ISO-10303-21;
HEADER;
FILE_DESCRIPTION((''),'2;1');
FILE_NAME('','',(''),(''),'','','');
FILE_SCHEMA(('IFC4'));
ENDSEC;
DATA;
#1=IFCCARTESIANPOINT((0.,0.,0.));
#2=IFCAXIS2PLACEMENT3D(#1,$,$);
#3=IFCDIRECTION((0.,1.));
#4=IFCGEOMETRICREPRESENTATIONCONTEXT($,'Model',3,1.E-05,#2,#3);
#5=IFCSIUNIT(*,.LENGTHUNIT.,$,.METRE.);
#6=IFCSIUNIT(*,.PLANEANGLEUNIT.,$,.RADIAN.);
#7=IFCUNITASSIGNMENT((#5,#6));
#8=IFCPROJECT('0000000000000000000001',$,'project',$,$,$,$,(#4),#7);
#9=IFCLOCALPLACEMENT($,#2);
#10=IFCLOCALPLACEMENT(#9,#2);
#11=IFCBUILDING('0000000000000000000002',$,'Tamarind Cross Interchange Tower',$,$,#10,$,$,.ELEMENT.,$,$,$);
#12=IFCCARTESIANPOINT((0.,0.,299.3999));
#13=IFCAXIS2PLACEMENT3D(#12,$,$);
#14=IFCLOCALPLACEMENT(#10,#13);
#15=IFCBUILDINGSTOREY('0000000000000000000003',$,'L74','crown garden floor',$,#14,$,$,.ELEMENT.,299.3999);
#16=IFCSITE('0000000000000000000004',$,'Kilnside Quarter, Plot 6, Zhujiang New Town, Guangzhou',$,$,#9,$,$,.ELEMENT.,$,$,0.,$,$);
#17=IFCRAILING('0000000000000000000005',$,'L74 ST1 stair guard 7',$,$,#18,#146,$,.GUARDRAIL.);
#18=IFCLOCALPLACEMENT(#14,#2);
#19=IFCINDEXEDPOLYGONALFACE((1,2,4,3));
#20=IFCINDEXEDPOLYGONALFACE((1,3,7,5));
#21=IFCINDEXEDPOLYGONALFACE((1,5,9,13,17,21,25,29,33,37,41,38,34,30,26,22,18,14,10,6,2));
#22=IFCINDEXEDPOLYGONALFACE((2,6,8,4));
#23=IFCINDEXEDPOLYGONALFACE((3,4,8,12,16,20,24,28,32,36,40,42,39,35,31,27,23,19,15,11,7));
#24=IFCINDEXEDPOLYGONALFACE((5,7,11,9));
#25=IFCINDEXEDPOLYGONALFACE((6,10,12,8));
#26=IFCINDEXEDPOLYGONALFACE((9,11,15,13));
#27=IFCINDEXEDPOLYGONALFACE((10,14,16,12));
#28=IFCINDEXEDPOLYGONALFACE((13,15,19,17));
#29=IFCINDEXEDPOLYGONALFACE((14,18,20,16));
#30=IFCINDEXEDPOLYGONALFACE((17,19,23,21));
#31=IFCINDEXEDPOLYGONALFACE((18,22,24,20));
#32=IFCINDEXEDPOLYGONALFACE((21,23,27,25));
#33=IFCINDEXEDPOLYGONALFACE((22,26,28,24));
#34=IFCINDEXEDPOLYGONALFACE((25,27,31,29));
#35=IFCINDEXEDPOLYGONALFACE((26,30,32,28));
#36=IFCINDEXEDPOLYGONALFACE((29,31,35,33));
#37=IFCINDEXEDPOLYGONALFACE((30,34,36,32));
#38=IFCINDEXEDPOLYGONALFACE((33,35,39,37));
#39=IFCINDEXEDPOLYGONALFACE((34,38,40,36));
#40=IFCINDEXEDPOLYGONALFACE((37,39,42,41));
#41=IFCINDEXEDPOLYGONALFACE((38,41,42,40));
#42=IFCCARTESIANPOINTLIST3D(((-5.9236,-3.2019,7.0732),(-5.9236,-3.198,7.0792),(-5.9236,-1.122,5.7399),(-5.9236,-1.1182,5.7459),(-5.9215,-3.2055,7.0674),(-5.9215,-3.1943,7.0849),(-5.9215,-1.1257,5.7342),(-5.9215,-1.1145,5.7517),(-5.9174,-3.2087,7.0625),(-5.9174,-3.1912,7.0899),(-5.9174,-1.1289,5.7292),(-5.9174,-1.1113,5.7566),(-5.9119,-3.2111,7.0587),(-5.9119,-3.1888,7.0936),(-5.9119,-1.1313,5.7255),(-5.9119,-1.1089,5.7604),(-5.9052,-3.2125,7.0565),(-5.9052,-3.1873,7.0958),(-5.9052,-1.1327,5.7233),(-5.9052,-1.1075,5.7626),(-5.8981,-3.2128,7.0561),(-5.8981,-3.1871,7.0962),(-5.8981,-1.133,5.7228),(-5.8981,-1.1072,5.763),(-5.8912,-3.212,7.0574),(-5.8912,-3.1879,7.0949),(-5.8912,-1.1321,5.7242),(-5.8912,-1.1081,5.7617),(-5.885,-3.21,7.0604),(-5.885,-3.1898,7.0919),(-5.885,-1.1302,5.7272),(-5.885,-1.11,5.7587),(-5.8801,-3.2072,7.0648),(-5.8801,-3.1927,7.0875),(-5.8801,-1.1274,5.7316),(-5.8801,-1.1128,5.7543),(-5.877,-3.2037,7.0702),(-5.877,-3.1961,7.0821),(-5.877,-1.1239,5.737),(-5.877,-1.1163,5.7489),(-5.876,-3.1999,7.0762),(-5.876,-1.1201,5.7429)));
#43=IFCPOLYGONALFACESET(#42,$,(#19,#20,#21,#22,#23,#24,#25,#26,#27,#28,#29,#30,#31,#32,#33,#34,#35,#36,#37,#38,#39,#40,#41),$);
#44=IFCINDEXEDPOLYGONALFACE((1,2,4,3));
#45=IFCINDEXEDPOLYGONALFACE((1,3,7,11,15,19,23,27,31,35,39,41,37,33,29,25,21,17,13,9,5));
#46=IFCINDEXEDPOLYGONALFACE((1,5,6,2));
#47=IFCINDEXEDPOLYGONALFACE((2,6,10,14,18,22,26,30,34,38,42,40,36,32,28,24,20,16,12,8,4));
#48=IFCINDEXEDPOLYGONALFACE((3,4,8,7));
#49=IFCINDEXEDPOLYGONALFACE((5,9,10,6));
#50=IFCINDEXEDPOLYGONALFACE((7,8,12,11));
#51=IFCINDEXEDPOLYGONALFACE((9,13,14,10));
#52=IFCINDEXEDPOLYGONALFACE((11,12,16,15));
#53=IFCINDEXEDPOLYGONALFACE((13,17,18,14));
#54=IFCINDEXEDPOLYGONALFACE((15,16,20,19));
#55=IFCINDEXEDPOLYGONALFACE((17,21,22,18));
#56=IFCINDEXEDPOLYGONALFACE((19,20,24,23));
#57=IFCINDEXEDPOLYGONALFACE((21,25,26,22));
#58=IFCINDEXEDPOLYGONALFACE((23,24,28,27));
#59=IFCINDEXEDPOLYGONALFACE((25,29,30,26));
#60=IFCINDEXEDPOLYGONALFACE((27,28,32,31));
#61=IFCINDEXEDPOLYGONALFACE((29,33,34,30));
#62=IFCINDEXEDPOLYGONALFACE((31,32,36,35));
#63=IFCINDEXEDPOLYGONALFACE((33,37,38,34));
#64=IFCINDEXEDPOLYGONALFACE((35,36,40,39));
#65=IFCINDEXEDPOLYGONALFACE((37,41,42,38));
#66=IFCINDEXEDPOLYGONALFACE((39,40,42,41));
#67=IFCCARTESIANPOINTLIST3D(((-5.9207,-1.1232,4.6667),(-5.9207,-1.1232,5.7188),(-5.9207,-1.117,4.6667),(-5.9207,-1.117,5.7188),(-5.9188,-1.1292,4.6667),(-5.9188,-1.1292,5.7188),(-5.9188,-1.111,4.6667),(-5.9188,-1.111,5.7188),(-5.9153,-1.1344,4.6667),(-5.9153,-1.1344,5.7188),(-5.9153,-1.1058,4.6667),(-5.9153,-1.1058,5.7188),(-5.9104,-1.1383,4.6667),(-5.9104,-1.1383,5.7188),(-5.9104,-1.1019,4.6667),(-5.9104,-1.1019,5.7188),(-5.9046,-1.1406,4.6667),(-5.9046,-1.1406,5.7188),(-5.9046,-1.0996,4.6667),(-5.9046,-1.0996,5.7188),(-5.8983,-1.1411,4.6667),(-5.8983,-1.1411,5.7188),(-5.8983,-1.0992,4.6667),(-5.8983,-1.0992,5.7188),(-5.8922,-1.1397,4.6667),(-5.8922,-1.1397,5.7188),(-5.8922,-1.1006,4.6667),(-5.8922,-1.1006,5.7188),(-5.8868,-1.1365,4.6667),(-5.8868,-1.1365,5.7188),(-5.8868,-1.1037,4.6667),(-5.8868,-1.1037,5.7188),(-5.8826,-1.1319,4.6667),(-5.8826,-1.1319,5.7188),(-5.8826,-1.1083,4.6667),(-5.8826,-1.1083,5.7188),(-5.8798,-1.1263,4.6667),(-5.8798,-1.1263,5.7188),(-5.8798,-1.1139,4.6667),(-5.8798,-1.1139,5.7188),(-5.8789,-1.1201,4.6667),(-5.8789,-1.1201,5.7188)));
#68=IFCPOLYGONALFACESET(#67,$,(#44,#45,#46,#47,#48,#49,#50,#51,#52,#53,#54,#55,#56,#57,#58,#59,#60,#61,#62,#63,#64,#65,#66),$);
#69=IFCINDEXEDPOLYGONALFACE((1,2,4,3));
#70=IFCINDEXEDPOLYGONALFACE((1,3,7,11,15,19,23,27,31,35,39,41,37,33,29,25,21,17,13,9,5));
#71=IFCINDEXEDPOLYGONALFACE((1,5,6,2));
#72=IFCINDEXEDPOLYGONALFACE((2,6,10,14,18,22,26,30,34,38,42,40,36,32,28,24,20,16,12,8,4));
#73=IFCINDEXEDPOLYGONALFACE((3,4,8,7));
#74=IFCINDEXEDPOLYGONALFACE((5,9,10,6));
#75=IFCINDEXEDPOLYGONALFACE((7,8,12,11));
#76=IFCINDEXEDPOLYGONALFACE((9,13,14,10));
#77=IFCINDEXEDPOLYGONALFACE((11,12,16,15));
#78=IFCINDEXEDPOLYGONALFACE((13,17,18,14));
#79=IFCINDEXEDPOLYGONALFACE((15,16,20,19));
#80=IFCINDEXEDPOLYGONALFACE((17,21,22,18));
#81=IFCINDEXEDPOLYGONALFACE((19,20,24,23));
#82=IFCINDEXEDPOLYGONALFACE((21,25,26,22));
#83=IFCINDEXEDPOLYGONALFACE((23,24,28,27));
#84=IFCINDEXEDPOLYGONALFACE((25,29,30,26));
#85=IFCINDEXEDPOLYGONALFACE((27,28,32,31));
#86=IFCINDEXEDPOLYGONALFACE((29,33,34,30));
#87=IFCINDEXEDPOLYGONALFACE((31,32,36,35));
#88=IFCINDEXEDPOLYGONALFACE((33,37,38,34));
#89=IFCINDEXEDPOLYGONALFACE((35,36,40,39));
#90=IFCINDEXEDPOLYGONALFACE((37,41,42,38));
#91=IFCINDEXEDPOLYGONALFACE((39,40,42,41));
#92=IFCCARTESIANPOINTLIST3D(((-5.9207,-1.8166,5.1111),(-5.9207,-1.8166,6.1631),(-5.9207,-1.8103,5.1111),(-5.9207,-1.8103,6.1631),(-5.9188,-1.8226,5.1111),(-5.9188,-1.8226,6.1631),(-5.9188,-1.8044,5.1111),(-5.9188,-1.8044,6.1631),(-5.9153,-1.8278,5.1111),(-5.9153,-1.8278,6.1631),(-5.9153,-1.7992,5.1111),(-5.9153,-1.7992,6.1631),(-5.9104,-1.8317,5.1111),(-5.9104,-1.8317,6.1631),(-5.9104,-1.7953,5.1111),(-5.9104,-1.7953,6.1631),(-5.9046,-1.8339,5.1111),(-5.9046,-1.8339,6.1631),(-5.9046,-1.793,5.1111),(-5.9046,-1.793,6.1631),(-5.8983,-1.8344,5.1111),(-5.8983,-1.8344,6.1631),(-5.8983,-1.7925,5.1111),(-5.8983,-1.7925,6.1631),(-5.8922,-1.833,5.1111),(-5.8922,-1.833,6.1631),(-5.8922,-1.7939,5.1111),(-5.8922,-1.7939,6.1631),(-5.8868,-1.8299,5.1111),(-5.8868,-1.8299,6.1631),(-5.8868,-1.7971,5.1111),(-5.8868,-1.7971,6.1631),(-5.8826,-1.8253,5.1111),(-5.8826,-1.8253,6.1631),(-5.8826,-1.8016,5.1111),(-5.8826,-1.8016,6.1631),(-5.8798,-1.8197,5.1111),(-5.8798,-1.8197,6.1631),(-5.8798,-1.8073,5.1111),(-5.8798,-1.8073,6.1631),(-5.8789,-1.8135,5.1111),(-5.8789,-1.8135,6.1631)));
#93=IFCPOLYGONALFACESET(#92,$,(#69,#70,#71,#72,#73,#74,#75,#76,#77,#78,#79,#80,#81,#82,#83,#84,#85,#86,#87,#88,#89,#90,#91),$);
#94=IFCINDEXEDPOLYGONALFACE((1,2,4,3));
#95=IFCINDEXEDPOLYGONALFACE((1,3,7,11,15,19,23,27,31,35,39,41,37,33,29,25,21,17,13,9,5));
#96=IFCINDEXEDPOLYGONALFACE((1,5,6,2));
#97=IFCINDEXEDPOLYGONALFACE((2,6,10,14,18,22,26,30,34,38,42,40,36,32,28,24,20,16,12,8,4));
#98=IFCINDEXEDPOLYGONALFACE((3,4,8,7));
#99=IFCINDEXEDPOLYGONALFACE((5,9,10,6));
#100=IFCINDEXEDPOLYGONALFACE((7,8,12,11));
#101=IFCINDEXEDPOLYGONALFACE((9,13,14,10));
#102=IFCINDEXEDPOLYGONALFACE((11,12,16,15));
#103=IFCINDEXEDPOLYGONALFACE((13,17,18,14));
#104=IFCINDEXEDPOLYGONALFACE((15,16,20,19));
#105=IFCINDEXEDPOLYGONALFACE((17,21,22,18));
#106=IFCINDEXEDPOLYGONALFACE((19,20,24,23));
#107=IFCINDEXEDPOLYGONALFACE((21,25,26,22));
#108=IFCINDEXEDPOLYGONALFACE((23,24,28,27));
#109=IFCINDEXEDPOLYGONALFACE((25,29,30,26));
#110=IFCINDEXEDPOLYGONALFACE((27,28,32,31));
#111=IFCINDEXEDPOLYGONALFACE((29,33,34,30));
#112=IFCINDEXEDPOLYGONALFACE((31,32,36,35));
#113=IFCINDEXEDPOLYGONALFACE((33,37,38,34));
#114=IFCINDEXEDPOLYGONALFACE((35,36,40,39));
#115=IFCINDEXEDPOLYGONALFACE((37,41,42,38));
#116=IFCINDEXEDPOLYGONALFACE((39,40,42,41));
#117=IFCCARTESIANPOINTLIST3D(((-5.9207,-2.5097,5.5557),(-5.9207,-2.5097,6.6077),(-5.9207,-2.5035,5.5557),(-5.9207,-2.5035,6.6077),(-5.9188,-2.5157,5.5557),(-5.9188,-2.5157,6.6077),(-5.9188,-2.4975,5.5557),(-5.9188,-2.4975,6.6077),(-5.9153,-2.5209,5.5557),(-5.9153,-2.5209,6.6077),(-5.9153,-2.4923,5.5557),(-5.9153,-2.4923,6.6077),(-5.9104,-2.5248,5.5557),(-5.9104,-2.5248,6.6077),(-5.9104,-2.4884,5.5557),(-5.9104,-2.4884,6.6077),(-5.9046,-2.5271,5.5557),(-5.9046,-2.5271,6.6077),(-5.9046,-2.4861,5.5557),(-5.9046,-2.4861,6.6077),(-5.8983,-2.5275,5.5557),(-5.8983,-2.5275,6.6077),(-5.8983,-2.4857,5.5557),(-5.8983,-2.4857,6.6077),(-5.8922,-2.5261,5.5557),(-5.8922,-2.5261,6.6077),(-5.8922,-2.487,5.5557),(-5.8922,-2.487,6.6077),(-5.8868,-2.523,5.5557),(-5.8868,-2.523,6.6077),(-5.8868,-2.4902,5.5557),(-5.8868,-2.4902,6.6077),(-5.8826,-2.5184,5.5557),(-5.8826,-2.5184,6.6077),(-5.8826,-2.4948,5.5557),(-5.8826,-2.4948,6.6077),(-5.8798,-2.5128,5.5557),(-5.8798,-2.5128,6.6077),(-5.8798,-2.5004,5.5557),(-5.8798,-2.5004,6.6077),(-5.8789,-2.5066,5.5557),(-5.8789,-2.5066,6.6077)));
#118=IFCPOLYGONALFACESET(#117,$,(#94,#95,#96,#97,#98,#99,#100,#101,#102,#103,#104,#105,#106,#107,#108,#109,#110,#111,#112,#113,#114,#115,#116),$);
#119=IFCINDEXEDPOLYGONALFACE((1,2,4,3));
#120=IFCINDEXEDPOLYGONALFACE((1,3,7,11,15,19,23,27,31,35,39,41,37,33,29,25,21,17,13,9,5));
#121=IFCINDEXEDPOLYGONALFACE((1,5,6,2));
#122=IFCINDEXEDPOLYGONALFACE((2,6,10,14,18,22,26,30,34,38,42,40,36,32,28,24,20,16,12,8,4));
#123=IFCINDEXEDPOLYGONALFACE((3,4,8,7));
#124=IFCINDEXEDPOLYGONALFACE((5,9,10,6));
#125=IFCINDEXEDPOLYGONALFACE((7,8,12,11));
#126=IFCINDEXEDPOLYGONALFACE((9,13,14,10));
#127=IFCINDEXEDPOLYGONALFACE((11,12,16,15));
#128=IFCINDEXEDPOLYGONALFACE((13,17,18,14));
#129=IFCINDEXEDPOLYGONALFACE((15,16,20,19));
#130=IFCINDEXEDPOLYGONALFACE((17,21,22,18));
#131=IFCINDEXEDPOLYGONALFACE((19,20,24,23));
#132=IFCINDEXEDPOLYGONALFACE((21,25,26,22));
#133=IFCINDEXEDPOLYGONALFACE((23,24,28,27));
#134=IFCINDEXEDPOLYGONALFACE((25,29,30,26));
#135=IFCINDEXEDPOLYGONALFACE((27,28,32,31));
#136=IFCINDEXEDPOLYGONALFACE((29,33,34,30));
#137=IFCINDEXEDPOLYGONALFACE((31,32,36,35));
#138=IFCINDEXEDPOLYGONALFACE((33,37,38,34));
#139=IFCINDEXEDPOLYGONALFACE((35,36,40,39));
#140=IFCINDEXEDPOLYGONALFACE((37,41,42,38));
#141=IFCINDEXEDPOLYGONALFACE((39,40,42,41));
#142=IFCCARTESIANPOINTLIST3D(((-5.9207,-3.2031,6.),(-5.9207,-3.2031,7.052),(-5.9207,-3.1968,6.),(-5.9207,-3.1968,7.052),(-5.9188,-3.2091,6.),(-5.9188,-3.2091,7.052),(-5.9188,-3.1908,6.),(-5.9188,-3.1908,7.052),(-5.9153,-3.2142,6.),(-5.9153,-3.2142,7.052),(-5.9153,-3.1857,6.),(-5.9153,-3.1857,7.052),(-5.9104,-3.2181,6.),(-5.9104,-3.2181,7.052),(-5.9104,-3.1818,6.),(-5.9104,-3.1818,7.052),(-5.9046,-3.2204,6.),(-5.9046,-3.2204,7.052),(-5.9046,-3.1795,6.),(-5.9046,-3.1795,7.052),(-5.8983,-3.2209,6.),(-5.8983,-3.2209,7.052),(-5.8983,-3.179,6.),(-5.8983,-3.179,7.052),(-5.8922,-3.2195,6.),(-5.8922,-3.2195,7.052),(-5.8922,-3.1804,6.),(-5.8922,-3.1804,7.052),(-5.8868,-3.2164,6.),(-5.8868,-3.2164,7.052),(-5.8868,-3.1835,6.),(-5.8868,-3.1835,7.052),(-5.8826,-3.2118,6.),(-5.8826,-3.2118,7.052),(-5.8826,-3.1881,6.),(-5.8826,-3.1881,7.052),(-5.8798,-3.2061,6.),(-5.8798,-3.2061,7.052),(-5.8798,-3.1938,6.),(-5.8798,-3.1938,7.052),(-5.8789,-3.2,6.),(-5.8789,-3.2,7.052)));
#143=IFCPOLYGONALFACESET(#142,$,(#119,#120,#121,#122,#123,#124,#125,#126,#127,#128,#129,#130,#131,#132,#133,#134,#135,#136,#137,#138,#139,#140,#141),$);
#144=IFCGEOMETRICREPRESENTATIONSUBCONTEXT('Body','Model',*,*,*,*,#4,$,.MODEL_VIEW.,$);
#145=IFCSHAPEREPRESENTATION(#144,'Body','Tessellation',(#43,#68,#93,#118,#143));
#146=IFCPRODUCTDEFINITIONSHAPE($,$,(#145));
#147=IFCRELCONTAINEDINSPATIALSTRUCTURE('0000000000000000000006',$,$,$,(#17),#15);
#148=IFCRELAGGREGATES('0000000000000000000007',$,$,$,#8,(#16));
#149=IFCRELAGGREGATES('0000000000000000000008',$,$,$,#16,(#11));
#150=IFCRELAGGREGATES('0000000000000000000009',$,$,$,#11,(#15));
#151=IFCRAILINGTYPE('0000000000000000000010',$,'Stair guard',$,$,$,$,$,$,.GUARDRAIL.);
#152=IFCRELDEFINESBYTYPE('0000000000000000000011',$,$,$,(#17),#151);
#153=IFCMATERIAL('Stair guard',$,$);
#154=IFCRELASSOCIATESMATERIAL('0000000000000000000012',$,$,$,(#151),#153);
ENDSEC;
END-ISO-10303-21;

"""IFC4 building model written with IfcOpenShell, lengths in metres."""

from ifc_helpers import new_model, si_unit, direction, frame, origin, origin_2d, place, context, subcontext, project, spatial, circle, extrude, material, type_object, element, save


model = new_model("IFC4")

# Units and contexts
model_context = context("Model", 3, precision=1e-05, world=origin(), true_north=direction((0.0, 1.0)))
body_context = subcontext(model_context, "Body", "Model", "MODEL_VIEW")
ifc_project = project(units=[si_unit("LENGTHUNIT", "METRE"), si_unit("PLANEANGLEUNIT", "RADIAN")], contexts=[model_context])

# Site, building, storey
site_placement = place(None, origin())
site = spatial("IfcSite", under=ifc_project, at=site_placement, Name="Kilnside Quarter, Plot 6, Zhujiang New Town, Guangzhou", CompositionType="ELEMENT", RefElevation=0.0)
building_placement = place(site_placement, origin())
building = spatial("IfcBuilding", under=site, at=building_placement, Name="Tamarind Cross Interchange Tower", CompositionType="ELEMENT")
storey_placement = place(building_placement, frame((0.0, 0.0, 299.3999)))
storey = spatial("IfcBuildingStorey", under=building, at=storey_placement, Name="L74", Description="crown garden floor", CompositionType="ELEMENT", Elevation=299.3999)

# Railing
ifc_material_1 = material(Name="Stair guard")
railing_type_1 = type_object("IfcRailingType", Name="Stair guard", PredefinedType="GUARDRAIL", material=ifc_material_1)
railing_1_placement = place(storey_placement, frame((-5.8999, -1.1201, 4.6667)))
element("IfcRailing", 1, at=railing_1_placement, inside=storey, type_object=railing_type_1, Name="L74 ST1 stair guard 7", PredefinedType="GUARDRAIL", context=body_context, shape_type="SweptSolid", body=[
    extrude(circle(Radius=0.0239, at=origin_2d()), frame((0.0, 0.0, 1.0762), z_axis=(0.0, -0.841875, 0.539673), x_axis=(1.0, 0.0, 0.0)), (0.0, 0.0, 1.0), 2.4705),
    extrude(circle(Radius=0.021, at=origin_2d()), origin(), (0.0, 0.0, 1.0), 1.052),
    extrude(circle(Radius=0.021, at=origin_2d()), frame((0.0, -0.6934, 0.4443)), (0.0, 0.0, 1.0), 1.052),
    extrude(circle(Radius=0.021, at=origin_2d()), frame((0.0, -1.3865, 0.8889)), (0.0, 0.0, 1.0), 1.052),
    extrude(circle(Radius=0.021, at=origin_2d()), frame((0.0, -2.0798, 1.3333)), (0.0, 0.0, 1.0), 1.052),
])

save(model, "model.ifc")
